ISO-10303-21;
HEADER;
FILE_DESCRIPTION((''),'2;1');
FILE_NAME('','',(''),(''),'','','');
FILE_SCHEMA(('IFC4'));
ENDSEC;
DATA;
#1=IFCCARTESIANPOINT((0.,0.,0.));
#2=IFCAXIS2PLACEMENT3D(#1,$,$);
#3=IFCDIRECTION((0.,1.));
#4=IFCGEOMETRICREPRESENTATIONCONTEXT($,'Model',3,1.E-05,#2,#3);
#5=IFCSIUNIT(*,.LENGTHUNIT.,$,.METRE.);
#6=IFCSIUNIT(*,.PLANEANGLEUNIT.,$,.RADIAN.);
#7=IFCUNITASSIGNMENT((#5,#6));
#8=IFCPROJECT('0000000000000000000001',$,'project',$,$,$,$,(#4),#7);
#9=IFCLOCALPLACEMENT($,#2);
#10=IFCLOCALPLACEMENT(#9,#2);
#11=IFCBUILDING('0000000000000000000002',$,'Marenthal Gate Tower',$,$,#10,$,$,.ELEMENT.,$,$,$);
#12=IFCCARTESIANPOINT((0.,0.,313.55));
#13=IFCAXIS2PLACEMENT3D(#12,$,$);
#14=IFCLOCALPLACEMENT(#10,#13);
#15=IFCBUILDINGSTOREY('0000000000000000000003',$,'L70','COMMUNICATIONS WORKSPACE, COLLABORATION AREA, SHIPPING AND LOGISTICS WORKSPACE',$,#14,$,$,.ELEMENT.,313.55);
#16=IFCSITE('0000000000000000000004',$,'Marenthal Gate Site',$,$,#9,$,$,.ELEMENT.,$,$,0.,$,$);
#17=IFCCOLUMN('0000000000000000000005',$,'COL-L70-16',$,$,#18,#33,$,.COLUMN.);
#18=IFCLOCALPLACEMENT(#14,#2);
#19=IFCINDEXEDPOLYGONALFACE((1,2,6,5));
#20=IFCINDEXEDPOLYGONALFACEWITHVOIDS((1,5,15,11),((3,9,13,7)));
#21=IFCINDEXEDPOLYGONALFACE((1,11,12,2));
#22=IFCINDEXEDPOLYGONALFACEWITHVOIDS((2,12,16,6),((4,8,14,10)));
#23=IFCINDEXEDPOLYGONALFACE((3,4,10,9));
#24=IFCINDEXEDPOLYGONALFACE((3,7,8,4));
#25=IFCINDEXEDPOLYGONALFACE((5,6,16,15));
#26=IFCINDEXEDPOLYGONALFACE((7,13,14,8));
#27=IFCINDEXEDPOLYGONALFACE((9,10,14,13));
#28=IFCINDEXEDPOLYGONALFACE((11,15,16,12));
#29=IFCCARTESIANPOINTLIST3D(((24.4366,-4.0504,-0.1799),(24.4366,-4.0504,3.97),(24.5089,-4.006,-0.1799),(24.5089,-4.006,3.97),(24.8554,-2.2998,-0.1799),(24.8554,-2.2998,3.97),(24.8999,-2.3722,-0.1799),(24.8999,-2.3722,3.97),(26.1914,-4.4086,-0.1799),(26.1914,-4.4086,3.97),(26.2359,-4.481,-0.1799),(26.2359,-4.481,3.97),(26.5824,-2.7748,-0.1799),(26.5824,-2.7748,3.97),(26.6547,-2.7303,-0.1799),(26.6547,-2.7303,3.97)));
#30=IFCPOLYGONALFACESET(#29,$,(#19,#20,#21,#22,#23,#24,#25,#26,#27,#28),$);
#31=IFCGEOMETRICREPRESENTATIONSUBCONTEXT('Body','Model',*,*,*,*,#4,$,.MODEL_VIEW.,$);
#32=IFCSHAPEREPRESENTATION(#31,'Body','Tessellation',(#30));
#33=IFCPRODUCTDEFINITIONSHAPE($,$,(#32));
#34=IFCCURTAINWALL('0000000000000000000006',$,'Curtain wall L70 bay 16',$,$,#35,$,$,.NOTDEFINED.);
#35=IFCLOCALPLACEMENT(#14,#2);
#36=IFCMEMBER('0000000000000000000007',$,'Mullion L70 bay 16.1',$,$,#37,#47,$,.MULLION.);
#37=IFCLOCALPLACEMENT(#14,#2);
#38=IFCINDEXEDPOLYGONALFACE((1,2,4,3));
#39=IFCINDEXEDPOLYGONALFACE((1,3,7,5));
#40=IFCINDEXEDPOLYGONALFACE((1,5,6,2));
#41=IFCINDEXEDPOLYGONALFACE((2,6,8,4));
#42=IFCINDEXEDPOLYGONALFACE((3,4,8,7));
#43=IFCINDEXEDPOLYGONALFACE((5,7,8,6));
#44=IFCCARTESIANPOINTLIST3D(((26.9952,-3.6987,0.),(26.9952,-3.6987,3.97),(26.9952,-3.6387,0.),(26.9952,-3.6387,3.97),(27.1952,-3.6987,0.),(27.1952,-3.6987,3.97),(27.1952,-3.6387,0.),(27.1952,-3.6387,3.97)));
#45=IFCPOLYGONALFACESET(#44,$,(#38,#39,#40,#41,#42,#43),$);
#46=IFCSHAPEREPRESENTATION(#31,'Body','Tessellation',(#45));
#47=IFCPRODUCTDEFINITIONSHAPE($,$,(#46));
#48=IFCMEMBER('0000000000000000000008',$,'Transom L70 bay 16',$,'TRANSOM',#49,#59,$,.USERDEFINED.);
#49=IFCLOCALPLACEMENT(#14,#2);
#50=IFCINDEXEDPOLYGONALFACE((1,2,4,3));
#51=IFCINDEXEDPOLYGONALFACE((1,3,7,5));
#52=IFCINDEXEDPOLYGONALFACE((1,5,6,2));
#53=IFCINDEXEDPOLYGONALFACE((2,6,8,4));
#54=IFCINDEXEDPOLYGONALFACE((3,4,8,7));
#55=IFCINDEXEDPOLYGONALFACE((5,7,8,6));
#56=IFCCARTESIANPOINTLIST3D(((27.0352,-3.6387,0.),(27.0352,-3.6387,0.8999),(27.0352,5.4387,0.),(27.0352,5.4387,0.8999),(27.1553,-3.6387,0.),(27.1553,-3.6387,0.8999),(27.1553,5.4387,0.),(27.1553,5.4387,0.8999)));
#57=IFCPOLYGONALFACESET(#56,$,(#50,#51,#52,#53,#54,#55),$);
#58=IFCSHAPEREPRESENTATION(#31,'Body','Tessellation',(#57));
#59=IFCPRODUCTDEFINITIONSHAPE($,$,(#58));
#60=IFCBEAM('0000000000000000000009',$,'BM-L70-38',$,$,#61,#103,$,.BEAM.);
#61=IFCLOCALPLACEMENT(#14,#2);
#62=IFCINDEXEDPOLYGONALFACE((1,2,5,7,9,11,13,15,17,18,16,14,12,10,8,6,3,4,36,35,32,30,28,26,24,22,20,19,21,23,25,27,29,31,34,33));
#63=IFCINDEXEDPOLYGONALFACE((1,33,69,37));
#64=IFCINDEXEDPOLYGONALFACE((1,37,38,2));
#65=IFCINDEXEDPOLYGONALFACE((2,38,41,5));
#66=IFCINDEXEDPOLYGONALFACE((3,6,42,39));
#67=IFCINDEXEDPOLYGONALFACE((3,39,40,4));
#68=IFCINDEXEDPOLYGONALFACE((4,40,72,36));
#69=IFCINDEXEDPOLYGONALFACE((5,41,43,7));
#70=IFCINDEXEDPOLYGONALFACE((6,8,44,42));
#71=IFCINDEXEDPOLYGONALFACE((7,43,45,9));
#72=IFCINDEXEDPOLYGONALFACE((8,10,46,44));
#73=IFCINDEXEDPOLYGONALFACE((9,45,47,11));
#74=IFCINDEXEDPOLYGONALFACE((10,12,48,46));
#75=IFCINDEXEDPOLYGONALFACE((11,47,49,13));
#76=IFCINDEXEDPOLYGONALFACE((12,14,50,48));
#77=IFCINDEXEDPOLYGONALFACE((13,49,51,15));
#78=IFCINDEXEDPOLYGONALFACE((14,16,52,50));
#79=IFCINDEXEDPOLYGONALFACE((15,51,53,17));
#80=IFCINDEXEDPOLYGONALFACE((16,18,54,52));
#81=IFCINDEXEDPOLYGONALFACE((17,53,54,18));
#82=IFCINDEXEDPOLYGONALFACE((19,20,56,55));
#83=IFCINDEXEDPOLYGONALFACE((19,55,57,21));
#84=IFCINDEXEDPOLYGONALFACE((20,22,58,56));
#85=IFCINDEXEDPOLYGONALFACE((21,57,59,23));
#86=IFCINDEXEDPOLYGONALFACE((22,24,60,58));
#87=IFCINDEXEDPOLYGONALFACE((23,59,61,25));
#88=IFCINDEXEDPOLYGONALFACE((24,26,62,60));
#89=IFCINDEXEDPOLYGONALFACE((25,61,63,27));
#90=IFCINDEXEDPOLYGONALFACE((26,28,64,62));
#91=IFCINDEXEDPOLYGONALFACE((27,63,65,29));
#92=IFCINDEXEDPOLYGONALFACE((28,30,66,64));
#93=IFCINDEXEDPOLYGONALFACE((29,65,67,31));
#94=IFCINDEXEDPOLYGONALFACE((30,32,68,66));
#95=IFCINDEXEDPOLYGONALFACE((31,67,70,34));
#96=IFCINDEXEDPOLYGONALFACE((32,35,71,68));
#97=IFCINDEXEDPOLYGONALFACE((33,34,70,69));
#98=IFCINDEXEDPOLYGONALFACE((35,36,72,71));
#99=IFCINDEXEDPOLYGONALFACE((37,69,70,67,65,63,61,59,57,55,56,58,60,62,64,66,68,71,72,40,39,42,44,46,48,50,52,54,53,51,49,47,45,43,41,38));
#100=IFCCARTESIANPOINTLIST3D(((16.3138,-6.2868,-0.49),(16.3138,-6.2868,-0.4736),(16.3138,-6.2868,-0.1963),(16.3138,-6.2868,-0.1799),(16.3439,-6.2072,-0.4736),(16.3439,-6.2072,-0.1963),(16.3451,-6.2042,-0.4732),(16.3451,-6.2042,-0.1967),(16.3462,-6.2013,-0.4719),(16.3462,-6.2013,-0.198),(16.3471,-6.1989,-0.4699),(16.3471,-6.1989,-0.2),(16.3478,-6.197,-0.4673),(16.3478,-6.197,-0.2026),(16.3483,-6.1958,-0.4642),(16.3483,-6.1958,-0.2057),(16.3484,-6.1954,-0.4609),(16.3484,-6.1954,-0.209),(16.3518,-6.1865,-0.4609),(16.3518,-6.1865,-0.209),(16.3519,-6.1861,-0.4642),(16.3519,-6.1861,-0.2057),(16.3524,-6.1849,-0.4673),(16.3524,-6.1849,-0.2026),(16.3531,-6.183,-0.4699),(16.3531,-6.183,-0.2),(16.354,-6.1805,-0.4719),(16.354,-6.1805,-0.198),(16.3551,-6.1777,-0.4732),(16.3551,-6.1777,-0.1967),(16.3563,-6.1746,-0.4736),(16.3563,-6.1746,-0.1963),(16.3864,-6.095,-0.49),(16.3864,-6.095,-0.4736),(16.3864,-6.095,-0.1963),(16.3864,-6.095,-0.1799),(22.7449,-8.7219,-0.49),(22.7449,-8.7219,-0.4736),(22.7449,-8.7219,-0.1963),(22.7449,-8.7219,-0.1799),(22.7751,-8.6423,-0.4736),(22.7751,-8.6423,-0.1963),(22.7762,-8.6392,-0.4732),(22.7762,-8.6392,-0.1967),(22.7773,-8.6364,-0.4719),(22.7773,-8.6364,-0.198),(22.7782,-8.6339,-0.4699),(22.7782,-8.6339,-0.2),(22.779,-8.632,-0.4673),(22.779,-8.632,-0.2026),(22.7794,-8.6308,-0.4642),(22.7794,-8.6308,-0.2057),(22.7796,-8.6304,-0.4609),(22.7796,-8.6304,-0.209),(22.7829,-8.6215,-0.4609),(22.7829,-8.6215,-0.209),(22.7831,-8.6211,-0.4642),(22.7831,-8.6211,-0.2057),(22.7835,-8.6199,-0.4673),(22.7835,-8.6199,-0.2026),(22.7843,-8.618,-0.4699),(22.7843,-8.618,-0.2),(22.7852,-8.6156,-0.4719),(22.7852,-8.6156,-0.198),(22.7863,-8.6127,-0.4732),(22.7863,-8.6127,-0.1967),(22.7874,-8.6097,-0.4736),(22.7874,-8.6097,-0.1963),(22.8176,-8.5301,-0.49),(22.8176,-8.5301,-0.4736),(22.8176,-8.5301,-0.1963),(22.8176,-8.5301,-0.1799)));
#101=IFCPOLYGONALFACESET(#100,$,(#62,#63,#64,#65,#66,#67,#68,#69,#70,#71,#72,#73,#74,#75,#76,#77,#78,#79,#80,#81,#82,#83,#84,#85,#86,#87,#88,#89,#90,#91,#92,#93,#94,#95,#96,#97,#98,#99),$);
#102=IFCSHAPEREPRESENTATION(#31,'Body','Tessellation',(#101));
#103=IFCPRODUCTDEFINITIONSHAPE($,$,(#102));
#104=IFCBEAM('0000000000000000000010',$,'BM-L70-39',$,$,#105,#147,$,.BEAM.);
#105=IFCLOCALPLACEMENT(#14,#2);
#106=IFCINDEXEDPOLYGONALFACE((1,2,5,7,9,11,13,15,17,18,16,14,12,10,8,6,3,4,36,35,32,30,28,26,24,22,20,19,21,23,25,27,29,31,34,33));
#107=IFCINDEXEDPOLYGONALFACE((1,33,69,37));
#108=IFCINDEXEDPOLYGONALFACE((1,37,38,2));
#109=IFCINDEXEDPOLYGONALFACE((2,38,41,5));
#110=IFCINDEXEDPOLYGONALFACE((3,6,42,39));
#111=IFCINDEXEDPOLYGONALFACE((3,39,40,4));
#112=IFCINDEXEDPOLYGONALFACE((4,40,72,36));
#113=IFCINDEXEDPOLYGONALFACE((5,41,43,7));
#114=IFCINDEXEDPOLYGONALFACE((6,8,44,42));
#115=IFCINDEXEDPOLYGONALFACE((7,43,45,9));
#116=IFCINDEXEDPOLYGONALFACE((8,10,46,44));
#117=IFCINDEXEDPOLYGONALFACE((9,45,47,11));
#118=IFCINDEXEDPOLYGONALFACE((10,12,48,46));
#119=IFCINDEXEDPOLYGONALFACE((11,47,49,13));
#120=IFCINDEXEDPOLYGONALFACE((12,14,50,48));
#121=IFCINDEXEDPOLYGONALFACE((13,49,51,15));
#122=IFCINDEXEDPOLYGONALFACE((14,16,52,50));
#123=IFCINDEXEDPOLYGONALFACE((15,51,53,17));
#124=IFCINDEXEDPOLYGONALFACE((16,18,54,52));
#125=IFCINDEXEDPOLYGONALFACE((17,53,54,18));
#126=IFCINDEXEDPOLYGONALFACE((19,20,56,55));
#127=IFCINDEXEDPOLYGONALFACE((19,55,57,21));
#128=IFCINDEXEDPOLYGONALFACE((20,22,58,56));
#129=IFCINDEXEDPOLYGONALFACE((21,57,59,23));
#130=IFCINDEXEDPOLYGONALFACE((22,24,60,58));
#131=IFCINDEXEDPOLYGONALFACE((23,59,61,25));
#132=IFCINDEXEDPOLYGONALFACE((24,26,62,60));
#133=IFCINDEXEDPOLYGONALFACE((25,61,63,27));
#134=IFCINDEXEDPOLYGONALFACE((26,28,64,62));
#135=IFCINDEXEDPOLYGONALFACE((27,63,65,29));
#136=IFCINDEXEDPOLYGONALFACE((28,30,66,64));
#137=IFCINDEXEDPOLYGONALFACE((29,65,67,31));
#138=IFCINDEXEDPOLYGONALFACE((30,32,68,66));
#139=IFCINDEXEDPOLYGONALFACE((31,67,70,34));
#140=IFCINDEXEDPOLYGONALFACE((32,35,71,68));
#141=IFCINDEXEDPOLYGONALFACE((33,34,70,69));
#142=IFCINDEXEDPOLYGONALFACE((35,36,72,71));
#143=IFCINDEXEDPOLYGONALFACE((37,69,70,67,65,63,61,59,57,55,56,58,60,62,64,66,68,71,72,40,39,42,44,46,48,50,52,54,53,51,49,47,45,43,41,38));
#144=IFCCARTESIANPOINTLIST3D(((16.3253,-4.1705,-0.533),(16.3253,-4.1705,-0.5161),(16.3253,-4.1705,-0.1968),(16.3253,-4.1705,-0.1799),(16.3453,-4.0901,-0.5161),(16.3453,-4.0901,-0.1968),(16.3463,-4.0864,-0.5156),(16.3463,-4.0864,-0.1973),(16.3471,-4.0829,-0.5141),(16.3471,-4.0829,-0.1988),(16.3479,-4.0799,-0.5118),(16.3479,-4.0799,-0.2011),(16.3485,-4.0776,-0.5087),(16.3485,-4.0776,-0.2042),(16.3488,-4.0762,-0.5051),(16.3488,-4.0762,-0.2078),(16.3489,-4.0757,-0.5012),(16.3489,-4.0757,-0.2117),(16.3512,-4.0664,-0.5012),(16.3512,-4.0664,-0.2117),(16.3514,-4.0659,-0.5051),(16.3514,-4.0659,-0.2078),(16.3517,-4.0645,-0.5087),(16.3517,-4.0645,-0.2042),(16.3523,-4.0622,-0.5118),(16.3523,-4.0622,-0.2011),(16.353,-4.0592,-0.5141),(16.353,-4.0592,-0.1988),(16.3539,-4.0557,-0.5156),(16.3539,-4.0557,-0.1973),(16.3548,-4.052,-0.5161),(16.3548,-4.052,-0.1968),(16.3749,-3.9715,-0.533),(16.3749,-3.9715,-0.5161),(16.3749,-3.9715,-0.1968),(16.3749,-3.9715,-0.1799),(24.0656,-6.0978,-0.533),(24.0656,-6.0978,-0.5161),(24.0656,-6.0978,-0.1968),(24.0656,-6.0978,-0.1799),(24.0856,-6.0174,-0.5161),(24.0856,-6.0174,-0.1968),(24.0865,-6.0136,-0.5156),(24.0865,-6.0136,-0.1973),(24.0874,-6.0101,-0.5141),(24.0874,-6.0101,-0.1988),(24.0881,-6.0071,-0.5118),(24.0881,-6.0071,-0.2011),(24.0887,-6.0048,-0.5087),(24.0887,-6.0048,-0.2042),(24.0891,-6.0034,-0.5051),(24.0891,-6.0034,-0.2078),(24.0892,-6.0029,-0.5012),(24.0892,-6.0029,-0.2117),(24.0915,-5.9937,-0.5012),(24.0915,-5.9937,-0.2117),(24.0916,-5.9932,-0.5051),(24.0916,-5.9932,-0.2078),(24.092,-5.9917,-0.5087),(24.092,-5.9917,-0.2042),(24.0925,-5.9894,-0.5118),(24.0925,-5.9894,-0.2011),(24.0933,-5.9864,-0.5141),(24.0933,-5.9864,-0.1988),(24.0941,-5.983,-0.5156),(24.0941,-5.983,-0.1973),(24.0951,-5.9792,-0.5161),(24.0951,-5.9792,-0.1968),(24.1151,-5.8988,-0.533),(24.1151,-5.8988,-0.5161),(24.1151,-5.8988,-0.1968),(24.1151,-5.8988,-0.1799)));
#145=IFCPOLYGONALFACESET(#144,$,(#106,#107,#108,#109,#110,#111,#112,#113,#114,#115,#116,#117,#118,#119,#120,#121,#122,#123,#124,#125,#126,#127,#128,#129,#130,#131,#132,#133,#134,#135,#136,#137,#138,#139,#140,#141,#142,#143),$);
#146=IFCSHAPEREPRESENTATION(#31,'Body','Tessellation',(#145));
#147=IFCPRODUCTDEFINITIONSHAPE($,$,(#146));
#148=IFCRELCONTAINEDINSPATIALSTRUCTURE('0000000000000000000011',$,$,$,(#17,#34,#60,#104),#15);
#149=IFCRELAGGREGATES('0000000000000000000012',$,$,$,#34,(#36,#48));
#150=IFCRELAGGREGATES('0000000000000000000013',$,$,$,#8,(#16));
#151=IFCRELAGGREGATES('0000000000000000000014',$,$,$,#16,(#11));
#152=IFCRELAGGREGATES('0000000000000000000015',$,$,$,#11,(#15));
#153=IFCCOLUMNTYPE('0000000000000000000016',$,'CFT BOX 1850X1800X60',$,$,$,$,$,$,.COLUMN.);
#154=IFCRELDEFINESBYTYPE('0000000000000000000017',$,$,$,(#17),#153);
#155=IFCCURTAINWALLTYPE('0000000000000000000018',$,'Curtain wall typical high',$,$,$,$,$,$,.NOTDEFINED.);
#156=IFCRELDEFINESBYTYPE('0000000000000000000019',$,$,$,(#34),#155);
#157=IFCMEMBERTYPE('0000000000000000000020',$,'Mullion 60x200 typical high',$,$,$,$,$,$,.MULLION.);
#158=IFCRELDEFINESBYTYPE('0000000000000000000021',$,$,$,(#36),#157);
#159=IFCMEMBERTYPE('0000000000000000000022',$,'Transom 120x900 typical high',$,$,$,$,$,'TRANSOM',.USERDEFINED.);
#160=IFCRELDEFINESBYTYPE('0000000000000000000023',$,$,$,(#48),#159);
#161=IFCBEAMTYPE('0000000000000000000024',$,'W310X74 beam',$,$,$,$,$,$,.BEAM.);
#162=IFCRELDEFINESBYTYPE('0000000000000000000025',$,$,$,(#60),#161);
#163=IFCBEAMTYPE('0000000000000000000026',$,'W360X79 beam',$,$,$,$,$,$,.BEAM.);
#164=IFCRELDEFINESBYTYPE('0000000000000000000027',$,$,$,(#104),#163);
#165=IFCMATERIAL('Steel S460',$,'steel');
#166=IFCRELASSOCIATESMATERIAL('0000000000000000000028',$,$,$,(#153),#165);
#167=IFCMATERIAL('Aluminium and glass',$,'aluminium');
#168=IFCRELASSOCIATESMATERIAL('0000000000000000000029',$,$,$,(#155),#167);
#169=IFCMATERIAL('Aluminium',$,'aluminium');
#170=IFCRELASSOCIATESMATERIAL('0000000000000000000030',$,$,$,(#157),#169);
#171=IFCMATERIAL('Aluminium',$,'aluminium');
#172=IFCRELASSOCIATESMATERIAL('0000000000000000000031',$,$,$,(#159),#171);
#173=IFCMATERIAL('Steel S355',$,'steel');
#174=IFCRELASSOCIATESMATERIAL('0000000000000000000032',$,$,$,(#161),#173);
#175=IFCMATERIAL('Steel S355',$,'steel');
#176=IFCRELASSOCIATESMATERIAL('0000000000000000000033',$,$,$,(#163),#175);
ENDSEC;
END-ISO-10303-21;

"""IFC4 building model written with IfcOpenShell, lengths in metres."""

from ifc_helpers import new_model, si_unit, direction, frame, origin, origin_2d, place, context, subcontext, project, spatial, rectangle, hollow_rectangle, i_section, extrude, material, material_profile, profile_set, type_object, element, aggregate, save


model = new_model("IFC4")

# Units and contexts
model_context = context("Model", 3, precision=1e-05, world=origin(), true_north=direction((0.0, 1.0)))
body_context = subcontext(model_context, "Body", "Model", "MODEL_VIEW")
ifc_project = project(units=[si_unit("LENGTHUNIT", "METRE"), si_unit("PLANEANGLEUNIT", "RADIAN")], contexts=[model_context])

# Site, building, storey
site_placement = place(None, origin())
site = spatial("IfcSite", under=ifc_project, at=site_placement, Name="Marenthal Gate Site", CompositionType="ELEMENT", RefElevation=0.0)
building_placement = place(site_placement, origin())
building = spatial("IfcBuilding", under=site, at=building_placement, Name="Marenthal Gate Tower", CompositionType="ELEMENT")
storey_placement = place(building_placement, frame((0.0, 0.0, 313.55)))
storey = spatial("IfcBuildingStorey", under=building, at=storey_placement, Name="L70", Description="COMMUNICATIONS WORKSPACE, COLLABORATION AREA, SHIPPING AND LOGISTICS WORKSPACE", CompositionType="ELEMENT", Elevation=313.55)

# Column
ifc_material_1 = material(Name="Steel S460", Category="steel")
ifc_material_profile_1 = material_profile(ifc_material_1, hollow_rectangle(XDim=1.8, YDim=1.8501, WallThickness=0.0601, at=origin_2d()), Name="CFT BOX 1850X1800X60")
ifc_material_2 = material(Name="Concrete 70 MPa", Category="concrete")
ifc_material_profile_2 = material_profile(ifc_material_2, rectangle(XDim=1.6799, YDim=1.73, at=origin_2d()), Name="CFT BOX 1850X1800X60 INFILL")
ifc_profile_set_1 = profile_set([ifc_material_profile_1, ifc_material_profile_2], Name="Steel S460 shell, Concrete 70 MPa infill")
column_type = type_object("IfcColumnType", Name="CFT BOX 1850X1800X60", PredefinedType="COLUMN", material=ifc_profile_set_1)
column_placement = place(storey_placement, frame((25.5457, -3.3904, -0.1799), z_axis=(0.0, 0.0, 1.0), x_axis=(-0.232702, -0.972548, 0.0)))
element("IfcColumn", 1, at=column_placement, inside=storey, type_object=column_type, Name="COL-L70-16", PredefinedType="COLUMN", context=body_context, shape_type="SweptSolid", body=[
    extrude(hollow_rectangle(XDim=1.8, YDim=1.8501, WallThickness=0.0601, at=origin_2d()), origin(), (0.0, 0.0, 1.0), 4.1499),
])

# Curtain wall, members
ifc_material_3 = material(Name="Aluminium and glass", Category="aluminium")
curtain_wall_type = type_object("IfcCurtainWallType", Name="Curtain wall typical high", PredefinedType="NOTDEFINED", material=ifc_material_3)
curtain_wall_placement = place(storey_placement, origin())
curtain_wall = element("IfcCurtainWall", 2, at=curtain_wall_placement, inside=storey, type_object=curtain_wall_type, Name="Curtain wall L70 bay 16", PredefinedType="NOTDEFINED")
ifc_material_4 = material(Name="Aluminium", Category="aluminium")
ifc_material_profile_3 = material_profile(ifc_material_4, rectangle(XDim=0.2, YDim=0.0601, at=origin_2d()), Name="60x200 aluminium mullion")
ifc_profile_set_2 = profile_set([ifc_material_profile_3], Name="Aluminium")
member_type_1 = type_object("IfcMemberType", Name="Mullion 60x200 typical high", PredefinedType="MULLION", material=ifc_profile_set_2)
member_1_placement = place(storey_placement, frame((27.0952, -3.6687, 0.0), z_axis=(0.0, 0.0, 1.0), x_axis=(-1.0, 0.0, 0.0)))
member_1 = element("IfcMember", 3, at=member_1_placement, type_object=member_type_1, Name="Mullion L70 bay 16.1", PredefinedType="MULLION", context=body_context, shape_type="SweptSolid", body=[
    extrude(rectangle(XDim=0.2, YDim=0.0601, at=origin_2d()), origin(), (0.0, 0.0, 1.0), 3.97),
])
ifc_material_5 = material(Name="Aluminium", Category="aluminium")
ifc_material_profile_4 = material_profile(ifc_material_5, rectangle(XDim=0.1201, YDim=0.8999, at=origin_2d()), Name="120x900 aluminium transom")
ifc_profile_set_3 = profile_set([ifc_material_profile_4], Name="Aluminium")
member_type_2 = type_object("IfcMemberType", Name="Transom 120x900 typical high", ElementType="TRANSOM", PredefinedType="USERDEFINED", material=ifc_profile_set_3)
member_2_placement = place(storey_placement, frame((27.0952, -3.6387, 0.45), z_axis=(0.0, 1.0, 0.0), x_axis=(-1.0, 0.0, 0.0)))
member_2 = element("IfcMember", 4, at=member_2_placement, type_object=member_type_2, Name="Transom L70 bay 16", ObjectType="TRANSOM", PredefinedType="USERDEFINED", context=body_context, shape_type="SweptSolid", body=[
    extrude(rectangle(XDim=0.1201, YDim=0.8999, at=origin_2d()), origin(), (0.0, 0.0, 1.0), 9.0774),
])

# Beams
ifc_material_6 = material(Name="Steel S355", Category="steel")
ifc_material_profile_5 = material_profile(ifc_material_6, i_section(OverallWidth=0.2051, OverallDepth=0.3101, WebThickness=0.0095, FlangeThickness=0.0164, FilletRadius=0.0127, at=origin_2d()), Name="W310X74")
ifc_profile_set_4 = profile_set([ifc_material_profile_5], Name="Steel S355")
beam_type_1 = type_object("IfcBeamType", Name="W310X74 beam", PredefinedType="BEAM", material=ifc_profile_set_4)
beam_1_placement = place(storey_placement, frame((22.7812, -8.626, -0.335), z_axis=(-0.935207, 0.354102, 0.0), x_axis=(-0.354102, -0.935207, 0.0)))
element("IfcBeam", 5, at=beam_1_placement, inside=storey, type_object=beam_type_1, Name="BM-L70-38", PredefinedType="BEAM", context=body_context, shape_type="SweptSolid", body=[
    extrude(i_section(OverallWidth=0.2051, OverallDepth=0.3101, WebThickness=0.0095, FlangeThickness=0.0164, FilletRadius=0.0127, at=origin_2d()), origin(), (0.0, 0.0, 1.0), 6.8767),
])
ifc_material_7 = material(Name="Steel S355", Category="steel")
ifc_material_profile_6 = material_profile(ifc_material_7, i_section(OverallWidth=0.2051, OverallDepth=0.353, WebThickness=0.0095, FlangeThickness=0.0168, FilletRadius=0.0149, at=origin_2d()), Name="W360X79")
ifc_profile_set_5 = profile_set([ifc_material_profile_6], Name="Steel S355")
beam_type_2 = type_object("IfcBeamType", Name="W360X79 beam", PredefinedType="BEAM", material=ifc_profile_set_5)
beam_2_placement = place(storey_placement, frame((24.0903, -5.9983, -0.3564), z_axis=(-0.970373, 0.241614, 0.0), x_axis=(-0.241614, -0.970373, 0.0)))
element("IfcBeam", 6, at=beam_2_placement, inside=storey, type_object=beam_type_2, Name="BM-L70-39", PredefinedType="BEAM", context=body_context, shape_type="SweptSolid", body=[
    extrude(i_section(OverallWidth=0.2051, OverallDepth=0.353, WebThickness=0.0095, FlangeThickness=0.0168, FilletRadius=0.0149, at=origin_2d()), origin(), (0.0, 0.0, 1.0), 7.9766),
])

aggregate(curtain_wall, [member_1, member_2])

save(model, "model.ifc")
